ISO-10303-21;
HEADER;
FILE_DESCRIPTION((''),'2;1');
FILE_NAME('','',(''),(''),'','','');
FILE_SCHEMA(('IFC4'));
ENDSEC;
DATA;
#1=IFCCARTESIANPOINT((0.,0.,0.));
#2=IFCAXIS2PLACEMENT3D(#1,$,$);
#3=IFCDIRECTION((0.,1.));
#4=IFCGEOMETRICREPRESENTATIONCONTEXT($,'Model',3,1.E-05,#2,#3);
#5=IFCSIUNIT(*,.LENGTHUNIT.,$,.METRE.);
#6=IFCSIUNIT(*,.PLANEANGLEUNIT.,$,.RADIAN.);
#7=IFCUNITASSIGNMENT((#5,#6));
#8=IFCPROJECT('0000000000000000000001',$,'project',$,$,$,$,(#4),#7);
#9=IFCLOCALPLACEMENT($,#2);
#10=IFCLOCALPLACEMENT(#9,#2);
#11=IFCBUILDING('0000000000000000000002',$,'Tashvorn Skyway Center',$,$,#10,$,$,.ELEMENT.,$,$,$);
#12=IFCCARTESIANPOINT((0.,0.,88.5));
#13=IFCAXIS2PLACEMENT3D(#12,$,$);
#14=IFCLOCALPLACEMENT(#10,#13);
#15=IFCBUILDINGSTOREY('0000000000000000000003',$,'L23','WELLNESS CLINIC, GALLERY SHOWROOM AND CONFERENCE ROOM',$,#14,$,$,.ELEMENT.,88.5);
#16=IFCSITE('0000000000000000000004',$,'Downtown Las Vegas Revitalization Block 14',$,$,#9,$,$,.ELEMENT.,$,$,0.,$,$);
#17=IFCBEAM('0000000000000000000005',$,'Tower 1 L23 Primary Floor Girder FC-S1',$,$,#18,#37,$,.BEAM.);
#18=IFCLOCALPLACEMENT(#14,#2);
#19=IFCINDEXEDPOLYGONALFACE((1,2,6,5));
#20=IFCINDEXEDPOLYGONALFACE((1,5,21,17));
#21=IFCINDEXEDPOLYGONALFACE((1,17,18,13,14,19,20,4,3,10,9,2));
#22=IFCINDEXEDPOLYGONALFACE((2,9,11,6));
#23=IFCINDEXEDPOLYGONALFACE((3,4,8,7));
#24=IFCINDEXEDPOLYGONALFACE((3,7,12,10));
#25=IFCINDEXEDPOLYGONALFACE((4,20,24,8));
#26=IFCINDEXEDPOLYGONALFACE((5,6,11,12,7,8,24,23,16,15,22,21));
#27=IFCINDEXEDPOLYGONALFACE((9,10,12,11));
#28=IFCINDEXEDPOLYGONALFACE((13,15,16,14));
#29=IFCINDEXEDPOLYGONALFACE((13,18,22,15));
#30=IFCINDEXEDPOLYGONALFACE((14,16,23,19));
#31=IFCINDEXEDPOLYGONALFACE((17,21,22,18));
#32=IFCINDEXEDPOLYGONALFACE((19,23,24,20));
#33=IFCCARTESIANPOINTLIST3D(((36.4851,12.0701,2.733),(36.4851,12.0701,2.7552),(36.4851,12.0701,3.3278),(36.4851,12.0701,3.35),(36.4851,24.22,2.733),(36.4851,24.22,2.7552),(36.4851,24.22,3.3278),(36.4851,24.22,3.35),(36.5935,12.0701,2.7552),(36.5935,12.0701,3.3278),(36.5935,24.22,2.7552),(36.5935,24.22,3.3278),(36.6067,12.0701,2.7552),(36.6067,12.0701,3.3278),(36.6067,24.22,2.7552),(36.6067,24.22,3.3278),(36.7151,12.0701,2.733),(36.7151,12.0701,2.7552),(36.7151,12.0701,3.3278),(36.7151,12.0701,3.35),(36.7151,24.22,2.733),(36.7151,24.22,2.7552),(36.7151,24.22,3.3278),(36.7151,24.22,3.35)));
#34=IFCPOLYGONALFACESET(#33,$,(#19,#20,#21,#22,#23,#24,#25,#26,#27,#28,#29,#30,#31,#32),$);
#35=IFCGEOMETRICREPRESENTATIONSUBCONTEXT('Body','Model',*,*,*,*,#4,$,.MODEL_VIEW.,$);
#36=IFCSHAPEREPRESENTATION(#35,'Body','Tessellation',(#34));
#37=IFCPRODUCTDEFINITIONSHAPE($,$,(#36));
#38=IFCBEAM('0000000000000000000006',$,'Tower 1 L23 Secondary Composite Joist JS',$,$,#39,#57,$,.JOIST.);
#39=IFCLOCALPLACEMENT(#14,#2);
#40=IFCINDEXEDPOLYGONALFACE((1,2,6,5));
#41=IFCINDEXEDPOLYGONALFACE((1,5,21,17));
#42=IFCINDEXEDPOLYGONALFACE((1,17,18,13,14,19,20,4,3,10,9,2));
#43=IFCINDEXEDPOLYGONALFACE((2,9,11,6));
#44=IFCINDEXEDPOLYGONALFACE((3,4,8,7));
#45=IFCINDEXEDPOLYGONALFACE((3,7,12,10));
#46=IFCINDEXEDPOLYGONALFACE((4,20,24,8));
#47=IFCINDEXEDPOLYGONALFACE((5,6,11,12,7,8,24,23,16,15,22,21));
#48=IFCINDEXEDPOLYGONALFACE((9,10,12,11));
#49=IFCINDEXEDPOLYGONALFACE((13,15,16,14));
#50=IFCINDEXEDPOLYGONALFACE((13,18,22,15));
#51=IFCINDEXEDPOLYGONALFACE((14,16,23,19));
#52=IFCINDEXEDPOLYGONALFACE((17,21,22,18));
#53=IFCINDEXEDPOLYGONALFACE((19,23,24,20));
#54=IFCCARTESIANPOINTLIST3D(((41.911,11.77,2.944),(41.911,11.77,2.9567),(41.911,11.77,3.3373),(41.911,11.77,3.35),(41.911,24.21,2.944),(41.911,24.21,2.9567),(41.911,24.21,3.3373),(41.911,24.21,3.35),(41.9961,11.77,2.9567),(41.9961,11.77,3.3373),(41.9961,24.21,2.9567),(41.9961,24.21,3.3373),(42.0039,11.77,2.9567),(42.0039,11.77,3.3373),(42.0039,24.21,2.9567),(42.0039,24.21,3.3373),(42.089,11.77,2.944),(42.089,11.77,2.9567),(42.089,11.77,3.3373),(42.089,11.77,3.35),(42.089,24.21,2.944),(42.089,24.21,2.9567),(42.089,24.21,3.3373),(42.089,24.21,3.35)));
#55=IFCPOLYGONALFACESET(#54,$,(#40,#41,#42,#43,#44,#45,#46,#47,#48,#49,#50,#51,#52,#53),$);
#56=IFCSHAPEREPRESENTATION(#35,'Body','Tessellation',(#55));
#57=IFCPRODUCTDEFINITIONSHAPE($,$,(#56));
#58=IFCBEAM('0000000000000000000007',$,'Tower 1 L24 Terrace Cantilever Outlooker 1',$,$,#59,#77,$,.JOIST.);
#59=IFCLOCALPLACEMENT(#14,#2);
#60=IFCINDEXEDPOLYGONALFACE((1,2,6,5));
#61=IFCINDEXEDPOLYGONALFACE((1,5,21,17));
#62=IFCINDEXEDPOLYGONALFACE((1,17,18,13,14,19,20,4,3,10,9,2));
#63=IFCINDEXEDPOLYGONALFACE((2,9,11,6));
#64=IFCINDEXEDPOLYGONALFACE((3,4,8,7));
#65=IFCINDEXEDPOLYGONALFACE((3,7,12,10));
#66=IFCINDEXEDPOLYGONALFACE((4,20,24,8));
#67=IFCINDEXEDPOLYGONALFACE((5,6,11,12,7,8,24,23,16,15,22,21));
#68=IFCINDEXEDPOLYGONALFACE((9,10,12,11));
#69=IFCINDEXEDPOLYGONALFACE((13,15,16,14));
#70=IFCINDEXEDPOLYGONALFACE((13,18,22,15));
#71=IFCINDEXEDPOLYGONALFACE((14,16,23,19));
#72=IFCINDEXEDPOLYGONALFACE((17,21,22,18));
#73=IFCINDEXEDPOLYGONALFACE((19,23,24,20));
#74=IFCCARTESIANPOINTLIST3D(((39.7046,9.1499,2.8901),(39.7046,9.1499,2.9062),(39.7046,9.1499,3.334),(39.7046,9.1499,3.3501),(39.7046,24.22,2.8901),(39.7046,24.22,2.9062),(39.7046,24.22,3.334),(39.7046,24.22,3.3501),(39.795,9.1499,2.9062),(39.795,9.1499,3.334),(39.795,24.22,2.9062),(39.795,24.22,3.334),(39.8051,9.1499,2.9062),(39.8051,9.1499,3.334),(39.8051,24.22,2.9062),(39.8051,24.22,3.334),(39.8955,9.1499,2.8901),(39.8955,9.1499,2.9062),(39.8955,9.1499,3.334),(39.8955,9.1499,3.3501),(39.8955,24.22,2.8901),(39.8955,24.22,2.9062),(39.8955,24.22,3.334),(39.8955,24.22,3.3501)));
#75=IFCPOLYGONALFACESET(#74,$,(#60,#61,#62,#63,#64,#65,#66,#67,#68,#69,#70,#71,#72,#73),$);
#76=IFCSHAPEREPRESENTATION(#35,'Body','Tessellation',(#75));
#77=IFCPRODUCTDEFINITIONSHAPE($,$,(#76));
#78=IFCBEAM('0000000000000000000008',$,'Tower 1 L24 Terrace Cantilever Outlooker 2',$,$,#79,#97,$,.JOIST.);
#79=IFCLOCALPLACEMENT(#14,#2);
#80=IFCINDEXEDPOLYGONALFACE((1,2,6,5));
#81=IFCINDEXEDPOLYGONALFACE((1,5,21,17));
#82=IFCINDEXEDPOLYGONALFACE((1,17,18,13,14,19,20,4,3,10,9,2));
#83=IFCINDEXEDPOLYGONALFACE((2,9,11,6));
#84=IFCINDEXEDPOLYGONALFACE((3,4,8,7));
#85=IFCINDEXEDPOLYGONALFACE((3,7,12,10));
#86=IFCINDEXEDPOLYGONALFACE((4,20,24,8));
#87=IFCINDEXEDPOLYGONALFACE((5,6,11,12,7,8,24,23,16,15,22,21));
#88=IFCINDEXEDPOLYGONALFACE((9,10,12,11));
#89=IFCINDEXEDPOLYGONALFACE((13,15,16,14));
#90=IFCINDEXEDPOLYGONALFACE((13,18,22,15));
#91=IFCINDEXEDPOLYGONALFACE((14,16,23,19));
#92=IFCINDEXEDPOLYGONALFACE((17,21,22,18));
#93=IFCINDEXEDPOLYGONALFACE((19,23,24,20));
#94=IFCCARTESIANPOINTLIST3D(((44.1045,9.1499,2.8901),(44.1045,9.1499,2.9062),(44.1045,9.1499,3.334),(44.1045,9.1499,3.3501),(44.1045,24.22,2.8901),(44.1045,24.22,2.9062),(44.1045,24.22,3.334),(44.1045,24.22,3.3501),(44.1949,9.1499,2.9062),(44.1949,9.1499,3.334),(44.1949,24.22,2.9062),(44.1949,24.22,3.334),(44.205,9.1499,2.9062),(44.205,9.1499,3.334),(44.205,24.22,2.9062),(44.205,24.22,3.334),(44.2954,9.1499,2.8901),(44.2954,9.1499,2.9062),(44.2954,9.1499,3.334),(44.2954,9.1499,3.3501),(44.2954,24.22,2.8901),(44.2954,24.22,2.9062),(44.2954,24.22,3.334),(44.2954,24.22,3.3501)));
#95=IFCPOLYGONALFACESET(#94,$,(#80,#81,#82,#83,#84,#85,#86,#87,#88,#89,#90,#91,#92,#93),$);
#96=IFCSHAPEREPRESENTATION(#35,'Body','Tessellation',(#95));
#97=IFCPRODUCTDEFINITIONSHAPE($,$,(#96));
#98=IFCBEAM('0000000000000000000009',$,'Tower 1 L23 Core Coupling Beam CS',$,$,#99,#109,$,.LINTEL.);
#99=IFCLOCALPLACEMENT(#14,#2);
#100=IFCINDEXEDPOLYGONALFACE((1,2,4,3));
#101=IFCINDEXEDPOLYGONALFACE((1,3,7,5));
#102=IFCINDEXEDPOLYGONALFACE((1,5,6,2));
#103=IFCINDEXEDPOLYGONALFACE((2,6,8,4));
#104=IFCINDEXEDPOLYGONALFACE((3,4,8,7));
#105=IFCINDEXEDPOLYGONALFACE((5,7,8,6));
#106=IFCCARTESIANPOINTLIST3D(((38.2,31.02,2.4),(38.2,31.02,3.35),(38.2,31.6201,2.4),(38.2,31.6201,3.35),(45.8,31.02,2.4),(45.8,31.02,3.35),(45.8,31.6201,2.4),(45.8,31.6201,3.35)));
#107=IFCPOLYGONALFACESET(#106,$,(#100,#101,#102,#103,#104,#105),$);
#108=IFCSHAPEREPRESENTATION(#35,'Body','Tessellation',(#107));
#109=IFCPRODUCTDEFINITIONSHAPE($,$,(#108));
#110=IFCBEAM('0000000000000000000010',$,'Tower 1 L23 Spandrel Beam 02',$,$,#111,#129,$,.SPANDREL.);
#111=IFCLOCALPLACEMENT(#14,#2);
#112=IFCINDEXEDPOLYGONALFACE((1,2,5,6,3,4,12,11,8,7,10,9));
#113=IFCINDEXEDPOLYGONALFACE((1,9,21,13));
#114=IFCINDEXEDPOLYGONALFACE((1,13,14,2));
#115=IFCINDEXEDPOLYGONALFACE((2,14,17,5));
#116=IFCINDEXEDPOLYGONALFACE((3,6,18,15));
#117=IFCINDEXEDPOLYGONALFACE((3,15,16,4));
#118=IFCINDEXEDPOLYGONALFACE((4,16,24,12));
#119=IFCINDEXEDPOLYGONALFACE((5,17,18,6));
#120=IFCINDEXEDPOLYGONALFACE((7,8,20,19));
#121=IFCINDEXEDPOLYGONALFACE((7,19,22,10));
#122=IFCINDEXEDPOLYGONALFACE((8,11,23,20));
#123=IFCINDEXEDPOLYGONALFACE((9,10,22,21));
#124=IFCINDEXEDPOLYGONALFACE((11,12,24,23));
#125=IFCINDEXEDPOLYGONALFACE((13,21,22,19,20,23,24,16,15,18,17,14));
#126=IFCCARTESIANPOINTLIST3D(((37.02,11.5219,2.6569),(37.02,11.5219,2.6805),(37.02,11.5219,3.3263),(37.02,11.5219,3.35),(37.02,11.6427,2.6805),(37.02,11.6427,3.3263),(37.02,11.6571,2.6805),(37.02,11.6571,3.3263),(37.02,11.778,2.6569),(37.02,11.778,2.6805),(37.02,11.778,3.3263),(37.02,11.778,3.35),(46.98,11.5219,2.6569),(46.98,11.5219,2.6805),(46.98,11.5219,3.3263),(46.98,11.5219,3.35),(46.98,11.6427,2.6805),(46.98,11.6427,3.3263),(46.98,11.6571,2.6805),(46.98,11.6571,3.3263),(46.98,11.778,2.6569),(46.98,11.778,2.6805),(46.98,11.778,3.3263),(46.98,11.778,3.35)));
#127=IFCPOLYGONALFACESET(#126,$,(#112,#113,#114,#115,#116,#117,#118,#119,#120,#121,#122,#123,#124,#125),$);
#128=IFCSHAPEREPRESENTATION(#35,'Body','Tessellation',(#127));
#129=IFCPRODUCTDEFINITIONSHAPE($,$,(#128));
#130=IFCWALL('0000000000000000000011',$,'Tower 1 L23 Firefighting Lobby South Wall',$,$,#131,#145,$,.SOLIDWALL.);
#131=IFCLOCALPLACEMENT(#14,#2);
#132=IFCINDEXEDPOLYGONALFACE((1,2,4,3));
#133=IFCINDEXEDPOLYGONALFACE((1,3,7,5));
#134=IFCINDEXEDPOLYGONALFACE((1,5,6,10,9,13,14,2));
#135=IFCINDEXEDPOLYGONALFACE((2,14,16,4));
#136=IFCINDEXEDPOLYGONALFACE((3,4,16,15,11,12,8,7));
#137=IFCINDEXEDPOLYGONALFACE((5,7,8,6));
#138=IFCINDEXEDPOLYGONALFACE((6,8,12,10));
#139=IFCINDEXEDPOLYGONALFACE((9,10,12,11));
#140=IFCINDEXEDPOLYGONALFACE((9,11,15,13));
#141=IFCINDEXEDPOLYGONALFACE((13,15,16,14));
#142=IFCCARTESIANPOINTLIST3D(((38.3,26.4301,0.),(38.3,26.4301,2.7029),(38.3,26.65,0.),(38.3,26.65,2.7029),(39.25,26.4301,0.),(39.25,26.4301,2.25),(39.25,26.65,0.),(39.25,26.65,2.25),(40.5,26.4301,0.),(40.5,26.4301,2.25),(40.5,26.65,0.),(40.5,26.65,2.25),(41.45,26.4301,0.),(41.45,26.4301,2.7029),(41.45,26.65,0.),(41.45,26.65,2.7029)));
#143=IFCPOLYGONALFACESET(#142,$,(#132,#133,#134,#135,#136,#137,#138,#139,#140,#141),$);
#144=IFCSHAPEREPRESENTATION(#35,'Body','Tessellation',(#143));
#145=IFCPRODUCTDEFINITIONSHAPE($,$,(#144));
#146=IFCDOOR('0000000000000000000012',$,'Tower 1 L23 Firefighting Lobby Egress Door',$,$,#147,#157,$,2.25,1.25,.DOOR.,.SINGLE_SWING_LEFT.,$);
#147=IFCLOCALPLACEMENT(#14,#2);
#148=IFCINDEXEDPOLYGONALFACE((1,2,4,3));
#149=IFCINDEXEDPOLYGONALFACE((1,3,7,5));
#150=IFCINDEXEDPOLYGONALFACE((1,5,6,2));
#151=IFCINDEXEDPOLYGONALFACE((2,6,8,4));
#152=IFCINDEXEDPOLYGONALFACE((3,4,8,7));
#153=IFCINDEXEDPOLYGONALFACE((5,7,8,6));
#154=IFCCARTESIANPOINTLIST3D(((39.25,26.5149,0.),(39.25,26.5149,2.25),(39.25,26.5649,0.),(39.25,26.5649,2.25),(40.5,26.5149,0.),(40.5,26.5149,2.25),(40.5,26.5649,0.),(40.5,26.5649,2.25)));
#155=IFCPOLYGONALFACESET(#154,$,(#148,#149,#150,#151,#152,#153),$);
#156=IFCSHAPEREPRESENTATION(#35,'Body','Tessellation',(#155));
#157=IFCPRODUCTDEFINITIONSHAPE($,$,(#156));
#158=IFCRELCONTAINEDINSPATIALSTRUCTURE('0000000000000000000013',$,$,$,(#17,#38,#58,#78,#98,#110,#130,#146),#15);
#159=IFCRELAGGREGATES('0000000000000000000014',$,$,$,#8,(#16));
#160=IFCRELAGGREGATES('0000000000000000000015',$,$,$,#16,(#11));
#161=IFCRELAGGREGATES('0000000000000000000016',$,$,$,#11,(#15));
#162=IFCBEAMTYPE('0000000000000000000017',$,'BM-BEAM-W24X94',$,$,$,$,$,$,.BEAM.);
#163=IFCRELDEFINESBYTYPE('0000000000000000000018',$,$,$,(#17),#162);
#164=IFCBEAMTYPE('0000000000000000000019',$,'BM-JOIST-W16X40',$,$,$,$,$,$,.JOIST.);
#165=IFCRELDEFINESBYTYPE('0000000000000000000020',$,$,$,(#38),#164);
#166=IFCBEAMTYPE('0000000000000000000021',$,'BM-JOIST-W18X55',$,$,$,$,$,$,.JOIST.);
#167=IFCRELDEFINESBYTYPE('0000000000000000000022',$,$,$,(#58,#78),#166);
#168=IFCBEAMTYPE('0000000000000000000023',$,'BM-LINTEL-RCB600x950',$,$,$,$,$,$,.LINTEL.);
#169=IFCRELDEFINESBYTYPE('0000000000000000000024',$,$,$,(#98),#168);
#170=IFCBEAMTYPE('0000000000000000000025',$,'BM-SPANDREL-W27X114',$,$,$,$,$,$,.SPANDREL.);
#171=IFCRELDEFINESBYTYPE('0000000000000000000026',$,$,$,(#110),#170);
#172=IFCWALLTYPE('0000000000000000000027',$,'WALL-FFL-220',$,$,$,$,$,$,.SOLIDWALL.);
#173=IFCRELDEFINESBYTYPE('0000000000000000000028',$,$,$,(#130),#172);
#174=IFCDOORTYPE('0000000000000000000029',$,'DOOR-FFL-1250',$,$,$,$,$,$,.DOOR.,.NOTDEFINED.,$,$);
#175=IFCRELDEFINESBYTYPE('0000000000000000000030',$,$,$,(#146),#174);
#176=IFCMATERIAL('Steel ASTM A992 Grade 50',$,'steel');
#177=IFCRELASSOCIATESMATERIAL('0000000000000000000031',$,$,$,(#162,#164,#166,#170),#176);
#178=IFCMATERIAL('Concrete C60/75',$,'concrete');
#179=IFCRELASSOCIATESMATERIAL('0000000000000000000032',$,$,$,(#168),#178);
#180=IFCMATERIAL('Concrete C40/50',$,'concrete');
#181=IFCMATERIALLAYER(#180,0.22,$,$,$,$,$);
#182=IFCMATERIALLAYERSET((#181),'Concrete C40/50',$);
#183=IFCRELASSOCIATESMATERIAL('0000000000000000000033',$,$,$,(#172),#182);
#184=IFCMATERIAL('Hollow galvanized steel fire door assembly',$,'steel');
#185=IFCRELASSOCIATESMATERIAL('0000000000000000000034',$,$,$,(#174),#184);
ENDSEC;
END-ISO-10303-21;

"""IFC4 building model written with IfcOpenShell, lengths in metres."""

from ifc_helpers import new_model, si_unit, direction, frame, frame_2d, origin, origin_2d, place, context, subcontext, project, spatial, rectangle, i_section, extrude, material, layer, layer_set, material_profile, profile_set, type_object, element, fill, save


model = new_model("IFC4")

# Units and contexts
model_context = context("Model", 3, precision=1e-05, world=origin(), true_north=direction((0.0, 1.0)))
body_context = subcontext(model_context, "Body", "Model", "MODEL_VIEW")
ifc_project = project(units=[si_unit("LENGTHUNIT", "METRE"), si_unit("PLANEANGLEUNIT", "RADIAN")], contexts=[model_context])

# Site, building, storey
site_placement = place(None, origin())
site = spatial("IfcSite", under=ifc_project, at=site_placement, Name="Downtown Las Vegas Revitalization Block 14", CompositionType="ELEMENT", RefElevation=0.0)
building_placement = place(site_placement, origin())
building = spatial("IfcBuilding", under=site, at=building_placement, Name="Tashvorn Skyway Center", CompositionType="ELEMENT")
storey_placement = place(building_placement, frame((0.0, 0.0, 88.5)))
storey = spatial("IfcBuildingStorey", under=building, at=storey_placement, Name="L23", Description="WELLNESS CLINIC, GALLERY SHOWROOM AND CONFERENCE ROOM", CompositionType="ELEMENT", Elevation=88.5)

# Beams
ifc_material_1 = material(Name="Steel ASTM A992 Grade 50", Category="steel")
ifc_material_profile_1 = material_profile(ifc_material_1, i_section(OverallWidth=0.23, OverallDepth=0.6169, WebThickness=0.0132, FlangeThickness=0.0222, at=origin_2d()), Name="W24X94")
ifc_profile_set_1 = profile_set([ifc_material_profile_1], Name="Steel ASTM A992 Grade 50")
beam_type_1 = type_object("IfcBeamType", Name="BM-BEAM-W24X94", PredefinedType="BEAM", material=ifc_profile_set_1)
beam_1_placement = place(storey_placement, frame((36.6001, 12.0701, 3.0415), z_axis=(0.0, 1.0, 0.0), x_axis=(-1.0, 0.0, 0.0)))
element("IfcBeam", 1, at=beam_1_placement, inside=storey, type_object=beam_type_1, Name="Tower 1 L23 Primary Floor Girder FC-S1", PredefinedType="BEAM", context=body_context, shape_type="SweptSolid", body=[
    extrude(i_section(OverallWidth=0.23, OverallDepth=0.6169, WebThickness=0.0132, FlangeThickness=0.0222, at=origin_2d()), origin(), (0.0, 0.0, 1.0), 12.1499),
])
ifc_material_profile_2 = material_profile(ifc_material_1, i_section(OverallWidth=0.178, OverallDepth=0.406, WebThickness=0.0078, FlangeThickness=0.0127, at=origin_2d()), Name="W16X40")
ifc_profile_set_2 = profile_set([ifc_material_profile_2], Name="Steel ASTM A992 Grade 50")
beam_type_2 = type_object("IfcBeamType", Name="BM-JOIST-W16X40", PredefinedType="JOIST", material=ifc_profile_set_2)
beam_2_placement = place(storey_placement, frame((42.0, 24.21, 3.147), z_axis=(0.0, -1.0, 0.0), x_axis=(1.0, 0.0, 0.0)))
element("IfcBeam", 2, at=beam_2_placement, inside=storey, type_object=beam_type_2, Name="Tower 1 L23 Secondary Composite Joist JS", PredefinedType="JOIST", context=body_context, shape_type="SweptSolid", body=[
    extrude(i_section(OverallWidth=0.178, OverallDepth=0.406, WebThickness=0.0078, FlangeThickness=0.0127, at=origin_2d()), origin(), (0.0, 0.0, 1.0), 12.4399),
])
ifc_material_profile_3 = material_profile(ifc_material_1, i_section(OverallWidth=0.1909, OverallDepth=0.46, WebThickness=0.01, FlangeThickness=0.0161, at=origin_2d()), Name="W18X55")
ifc_profile_set_3 = profile_set([ifc_material_profile_3], Name="Steel ASTM A992 Grade 50")
beam_type_3 = type_object("IfcBeamType", Name="BM-JOIST-W18X55", PredefinedType="JOIST", material=ifc_profile_set_3)
for number, where, z_axis, x_axis, name in (
    (3, (39.8, 24.22, 3.1201), (0.0, -1.0, 0.0), (1.0, 0.0, 0.0), "Tower 1 L24 Terrace Cantilever Outlooker 1"),
    (4, (44.2, 24.22, 3.1201), (0.0, -1.0, 0.0), (1.0, 0.0, 0.0), "Tower 1 L24 Terrace Cantilever Outlooker 2"),
):
    element("IfcBeam", number, at=place(storey_placement, frame(where, z_axis=z_axis, x_axis=x_axis)), inside=storey, type_object=beam_type_3, Name=name, PredefinedType="JOIST", context=body_context, shape_type="SweptSolid", body=[
        extrude(i_section(OverallWidth=0.1909, OverallDepth=0.46, WebThickness=0.01, FlangeThickness=0.0161, at=origin_2d()), origin(), (0.0, 0.0, 1.0), 15.0701),
    ])
ifc_material_2 = material(Name="Concrete C60/75", Category="concrete")
ifc_material_profile_4 = material_profile(ifc_material_2, rectangle(XDim=0.6001, YDim=0.95, at=origin_2d()), Name="RCB600x950")
ifc_profile_set_4 = profile_set([ifc_material_profile_4], Name="Concrete C60/75")
beam_type_4 = type_object("IfcBeamType", Name="BM-LINTEL-RCB600x950", PredefinedType="LINTEL", material=ifc_profile_set_4)
beam_3_placement = place(storey_placement, frame((38.2, 31.3201, 2.875), z_axis=(1.0, 0.0, 0.0), x_axis=(0.0, 1.0, 0.0)))
element("IfcBeam", 5, at=beam_3_placement, inside=storey, type_object=beam_type_4, Name="Tower 1 L23 Core Coupling Beam CS", PredefinedType="LINTEL", context=body_context, shape_type="SweptSolid", body=[
    extrude(rectangle(XDim=0.6001, YDim=0.95, at=origin_2d()), origin(), (0.0, 0.0, 1.0), 7.6001),
])
ifc_material_profile_5 = material_profile(ifc_material_1, i_section(OverallWidth=0.2561, OverallDepth=0.6931, WebThickness=0.0144, FlangeThickness=0.0237, at=origin_2d()), Name="W27X114")
ifc_profile_set_5 = profile_set([ifc_material_profile_5], Name="Steel ASTM A992 Grade 50")
beam_type_5 = type_object("IfcBeamType", Name="BM-SPANDREL-W27X114", PredefinedType="SPANDREL", material=ifc_profile_set_5)
beam_4_placement = place(storey_placement, frame((37.02, 11.6499, 3.0034), z_axis=(1.0, 0.0, 0.0), x_axis=(0.0, 1.0, 0.0)))
element("IfcBeam", 6, at=beam_4_placement, inside=storey, type_object=beam_type_5, Name="Tower 1 L23 Spandrel Beam 02", PredefinedType="SPANDREL", context=body_context, shape_type="SweptSolid", body=[
    extrude(i_section(OverallWidth=0.2561, OverallDepth=0.6931, WebThickness=0.0144, FlangeThickness=0.0237, at=origin_2d()), origin(), (0.0, 0.0, 1.0), 9.96),
])

# Wall, opening, door
ifc_material_3 = material(Name="Concrete C40/50", Category="concrete")
ifc_layer_1 = layer(ifc_material_3, 0.22)
ifc_layer_set_1 = layer_set([ifc_layer_1], Name="Concrete C40/50")
wall_type_1 = type_object("IfcWallType", Name="WALL-FFL-220", PredefinedType="SOLIDWALL", material=ifc_layer_set_1)
wall_1_placement = place(storey_placement, frame((38.3, 26.54, 0.0), z_axis=(0.0, 0.0, 1.0), x_axis=(1.0, 0.0, 0.0)))
wall_1 = element("IfcWall", 7, at=wall_1_placement, inside=storey, type_object=wall_type_1, Name="Tower 1 L23 Firefighting Lobby South Wall", PredefinedType="SOLIDWALL", context=body_context, shape_type="SweptSolid", body=[
    extrude(rectangle(XDim=3.1499, YDim=0.22, at=frame_2d((1.575, 0.0))), origin(), (0.0, 0.0, 1.0), 2.7029),
])
opening_1_placement = place(wall_1_placement, frame((0.95, 0.0, 0.0)))
opening_1 = element("IfcOpeningElement", 8, at=opening_1_placement, cuts=wall_1, PredefinedType="OPENING", context=body_context, shape_type="SweptSolid", body=[
    extrude(rectangle(XDim=1.25, YDim=2.25, at=frame_2d((0.625, 1.125))), frame((0.0, 0.1199, 0.0), z_axis=(0.0, -1.0, 0.0), x_axis=(1.0, 0.0, 0.0)), (0.0, 0.0, 1.0), 0.24),
])
ifc_material_4 = material(Name="Hollow galvanized steel fire door assembly", Category="steel")
door_type_1 = type_object("IfcDoorType", Name="DOOR-FFL-1250", OperationType="NOTDEFINED", PredefinedType="DOOR", material=ifc_material_4)
door_1_placement = place(opening_1_placement, origin())
door_1 = element("IfcDoor", 9, at=door_1_placement, inside=storey, type_object=door_type_1, Name="Tower 1 L23 Firefighting Lobby Egress Door", OperationType="SINGLE_SWING_LEFT", OverallHeight=2.25, OverallWidth=1.25, PredefinedType="DOOR", context=body_context, shape_type="SweptSolid", body=[
    extrude(rectangle(XDim=1.25, YDim=2.25, at=frame_2d((0.625, 1.125))), frame((0.0, 0.0249, 0.0), z_axis=(0.0, -1.0, 0.0), x_axis=(1.0, 0.0, 0.0)), (0.0, 0.0, 1.0), 0.05),
])
fill(opening_1, door_1)

save(model, "model.ifc")
